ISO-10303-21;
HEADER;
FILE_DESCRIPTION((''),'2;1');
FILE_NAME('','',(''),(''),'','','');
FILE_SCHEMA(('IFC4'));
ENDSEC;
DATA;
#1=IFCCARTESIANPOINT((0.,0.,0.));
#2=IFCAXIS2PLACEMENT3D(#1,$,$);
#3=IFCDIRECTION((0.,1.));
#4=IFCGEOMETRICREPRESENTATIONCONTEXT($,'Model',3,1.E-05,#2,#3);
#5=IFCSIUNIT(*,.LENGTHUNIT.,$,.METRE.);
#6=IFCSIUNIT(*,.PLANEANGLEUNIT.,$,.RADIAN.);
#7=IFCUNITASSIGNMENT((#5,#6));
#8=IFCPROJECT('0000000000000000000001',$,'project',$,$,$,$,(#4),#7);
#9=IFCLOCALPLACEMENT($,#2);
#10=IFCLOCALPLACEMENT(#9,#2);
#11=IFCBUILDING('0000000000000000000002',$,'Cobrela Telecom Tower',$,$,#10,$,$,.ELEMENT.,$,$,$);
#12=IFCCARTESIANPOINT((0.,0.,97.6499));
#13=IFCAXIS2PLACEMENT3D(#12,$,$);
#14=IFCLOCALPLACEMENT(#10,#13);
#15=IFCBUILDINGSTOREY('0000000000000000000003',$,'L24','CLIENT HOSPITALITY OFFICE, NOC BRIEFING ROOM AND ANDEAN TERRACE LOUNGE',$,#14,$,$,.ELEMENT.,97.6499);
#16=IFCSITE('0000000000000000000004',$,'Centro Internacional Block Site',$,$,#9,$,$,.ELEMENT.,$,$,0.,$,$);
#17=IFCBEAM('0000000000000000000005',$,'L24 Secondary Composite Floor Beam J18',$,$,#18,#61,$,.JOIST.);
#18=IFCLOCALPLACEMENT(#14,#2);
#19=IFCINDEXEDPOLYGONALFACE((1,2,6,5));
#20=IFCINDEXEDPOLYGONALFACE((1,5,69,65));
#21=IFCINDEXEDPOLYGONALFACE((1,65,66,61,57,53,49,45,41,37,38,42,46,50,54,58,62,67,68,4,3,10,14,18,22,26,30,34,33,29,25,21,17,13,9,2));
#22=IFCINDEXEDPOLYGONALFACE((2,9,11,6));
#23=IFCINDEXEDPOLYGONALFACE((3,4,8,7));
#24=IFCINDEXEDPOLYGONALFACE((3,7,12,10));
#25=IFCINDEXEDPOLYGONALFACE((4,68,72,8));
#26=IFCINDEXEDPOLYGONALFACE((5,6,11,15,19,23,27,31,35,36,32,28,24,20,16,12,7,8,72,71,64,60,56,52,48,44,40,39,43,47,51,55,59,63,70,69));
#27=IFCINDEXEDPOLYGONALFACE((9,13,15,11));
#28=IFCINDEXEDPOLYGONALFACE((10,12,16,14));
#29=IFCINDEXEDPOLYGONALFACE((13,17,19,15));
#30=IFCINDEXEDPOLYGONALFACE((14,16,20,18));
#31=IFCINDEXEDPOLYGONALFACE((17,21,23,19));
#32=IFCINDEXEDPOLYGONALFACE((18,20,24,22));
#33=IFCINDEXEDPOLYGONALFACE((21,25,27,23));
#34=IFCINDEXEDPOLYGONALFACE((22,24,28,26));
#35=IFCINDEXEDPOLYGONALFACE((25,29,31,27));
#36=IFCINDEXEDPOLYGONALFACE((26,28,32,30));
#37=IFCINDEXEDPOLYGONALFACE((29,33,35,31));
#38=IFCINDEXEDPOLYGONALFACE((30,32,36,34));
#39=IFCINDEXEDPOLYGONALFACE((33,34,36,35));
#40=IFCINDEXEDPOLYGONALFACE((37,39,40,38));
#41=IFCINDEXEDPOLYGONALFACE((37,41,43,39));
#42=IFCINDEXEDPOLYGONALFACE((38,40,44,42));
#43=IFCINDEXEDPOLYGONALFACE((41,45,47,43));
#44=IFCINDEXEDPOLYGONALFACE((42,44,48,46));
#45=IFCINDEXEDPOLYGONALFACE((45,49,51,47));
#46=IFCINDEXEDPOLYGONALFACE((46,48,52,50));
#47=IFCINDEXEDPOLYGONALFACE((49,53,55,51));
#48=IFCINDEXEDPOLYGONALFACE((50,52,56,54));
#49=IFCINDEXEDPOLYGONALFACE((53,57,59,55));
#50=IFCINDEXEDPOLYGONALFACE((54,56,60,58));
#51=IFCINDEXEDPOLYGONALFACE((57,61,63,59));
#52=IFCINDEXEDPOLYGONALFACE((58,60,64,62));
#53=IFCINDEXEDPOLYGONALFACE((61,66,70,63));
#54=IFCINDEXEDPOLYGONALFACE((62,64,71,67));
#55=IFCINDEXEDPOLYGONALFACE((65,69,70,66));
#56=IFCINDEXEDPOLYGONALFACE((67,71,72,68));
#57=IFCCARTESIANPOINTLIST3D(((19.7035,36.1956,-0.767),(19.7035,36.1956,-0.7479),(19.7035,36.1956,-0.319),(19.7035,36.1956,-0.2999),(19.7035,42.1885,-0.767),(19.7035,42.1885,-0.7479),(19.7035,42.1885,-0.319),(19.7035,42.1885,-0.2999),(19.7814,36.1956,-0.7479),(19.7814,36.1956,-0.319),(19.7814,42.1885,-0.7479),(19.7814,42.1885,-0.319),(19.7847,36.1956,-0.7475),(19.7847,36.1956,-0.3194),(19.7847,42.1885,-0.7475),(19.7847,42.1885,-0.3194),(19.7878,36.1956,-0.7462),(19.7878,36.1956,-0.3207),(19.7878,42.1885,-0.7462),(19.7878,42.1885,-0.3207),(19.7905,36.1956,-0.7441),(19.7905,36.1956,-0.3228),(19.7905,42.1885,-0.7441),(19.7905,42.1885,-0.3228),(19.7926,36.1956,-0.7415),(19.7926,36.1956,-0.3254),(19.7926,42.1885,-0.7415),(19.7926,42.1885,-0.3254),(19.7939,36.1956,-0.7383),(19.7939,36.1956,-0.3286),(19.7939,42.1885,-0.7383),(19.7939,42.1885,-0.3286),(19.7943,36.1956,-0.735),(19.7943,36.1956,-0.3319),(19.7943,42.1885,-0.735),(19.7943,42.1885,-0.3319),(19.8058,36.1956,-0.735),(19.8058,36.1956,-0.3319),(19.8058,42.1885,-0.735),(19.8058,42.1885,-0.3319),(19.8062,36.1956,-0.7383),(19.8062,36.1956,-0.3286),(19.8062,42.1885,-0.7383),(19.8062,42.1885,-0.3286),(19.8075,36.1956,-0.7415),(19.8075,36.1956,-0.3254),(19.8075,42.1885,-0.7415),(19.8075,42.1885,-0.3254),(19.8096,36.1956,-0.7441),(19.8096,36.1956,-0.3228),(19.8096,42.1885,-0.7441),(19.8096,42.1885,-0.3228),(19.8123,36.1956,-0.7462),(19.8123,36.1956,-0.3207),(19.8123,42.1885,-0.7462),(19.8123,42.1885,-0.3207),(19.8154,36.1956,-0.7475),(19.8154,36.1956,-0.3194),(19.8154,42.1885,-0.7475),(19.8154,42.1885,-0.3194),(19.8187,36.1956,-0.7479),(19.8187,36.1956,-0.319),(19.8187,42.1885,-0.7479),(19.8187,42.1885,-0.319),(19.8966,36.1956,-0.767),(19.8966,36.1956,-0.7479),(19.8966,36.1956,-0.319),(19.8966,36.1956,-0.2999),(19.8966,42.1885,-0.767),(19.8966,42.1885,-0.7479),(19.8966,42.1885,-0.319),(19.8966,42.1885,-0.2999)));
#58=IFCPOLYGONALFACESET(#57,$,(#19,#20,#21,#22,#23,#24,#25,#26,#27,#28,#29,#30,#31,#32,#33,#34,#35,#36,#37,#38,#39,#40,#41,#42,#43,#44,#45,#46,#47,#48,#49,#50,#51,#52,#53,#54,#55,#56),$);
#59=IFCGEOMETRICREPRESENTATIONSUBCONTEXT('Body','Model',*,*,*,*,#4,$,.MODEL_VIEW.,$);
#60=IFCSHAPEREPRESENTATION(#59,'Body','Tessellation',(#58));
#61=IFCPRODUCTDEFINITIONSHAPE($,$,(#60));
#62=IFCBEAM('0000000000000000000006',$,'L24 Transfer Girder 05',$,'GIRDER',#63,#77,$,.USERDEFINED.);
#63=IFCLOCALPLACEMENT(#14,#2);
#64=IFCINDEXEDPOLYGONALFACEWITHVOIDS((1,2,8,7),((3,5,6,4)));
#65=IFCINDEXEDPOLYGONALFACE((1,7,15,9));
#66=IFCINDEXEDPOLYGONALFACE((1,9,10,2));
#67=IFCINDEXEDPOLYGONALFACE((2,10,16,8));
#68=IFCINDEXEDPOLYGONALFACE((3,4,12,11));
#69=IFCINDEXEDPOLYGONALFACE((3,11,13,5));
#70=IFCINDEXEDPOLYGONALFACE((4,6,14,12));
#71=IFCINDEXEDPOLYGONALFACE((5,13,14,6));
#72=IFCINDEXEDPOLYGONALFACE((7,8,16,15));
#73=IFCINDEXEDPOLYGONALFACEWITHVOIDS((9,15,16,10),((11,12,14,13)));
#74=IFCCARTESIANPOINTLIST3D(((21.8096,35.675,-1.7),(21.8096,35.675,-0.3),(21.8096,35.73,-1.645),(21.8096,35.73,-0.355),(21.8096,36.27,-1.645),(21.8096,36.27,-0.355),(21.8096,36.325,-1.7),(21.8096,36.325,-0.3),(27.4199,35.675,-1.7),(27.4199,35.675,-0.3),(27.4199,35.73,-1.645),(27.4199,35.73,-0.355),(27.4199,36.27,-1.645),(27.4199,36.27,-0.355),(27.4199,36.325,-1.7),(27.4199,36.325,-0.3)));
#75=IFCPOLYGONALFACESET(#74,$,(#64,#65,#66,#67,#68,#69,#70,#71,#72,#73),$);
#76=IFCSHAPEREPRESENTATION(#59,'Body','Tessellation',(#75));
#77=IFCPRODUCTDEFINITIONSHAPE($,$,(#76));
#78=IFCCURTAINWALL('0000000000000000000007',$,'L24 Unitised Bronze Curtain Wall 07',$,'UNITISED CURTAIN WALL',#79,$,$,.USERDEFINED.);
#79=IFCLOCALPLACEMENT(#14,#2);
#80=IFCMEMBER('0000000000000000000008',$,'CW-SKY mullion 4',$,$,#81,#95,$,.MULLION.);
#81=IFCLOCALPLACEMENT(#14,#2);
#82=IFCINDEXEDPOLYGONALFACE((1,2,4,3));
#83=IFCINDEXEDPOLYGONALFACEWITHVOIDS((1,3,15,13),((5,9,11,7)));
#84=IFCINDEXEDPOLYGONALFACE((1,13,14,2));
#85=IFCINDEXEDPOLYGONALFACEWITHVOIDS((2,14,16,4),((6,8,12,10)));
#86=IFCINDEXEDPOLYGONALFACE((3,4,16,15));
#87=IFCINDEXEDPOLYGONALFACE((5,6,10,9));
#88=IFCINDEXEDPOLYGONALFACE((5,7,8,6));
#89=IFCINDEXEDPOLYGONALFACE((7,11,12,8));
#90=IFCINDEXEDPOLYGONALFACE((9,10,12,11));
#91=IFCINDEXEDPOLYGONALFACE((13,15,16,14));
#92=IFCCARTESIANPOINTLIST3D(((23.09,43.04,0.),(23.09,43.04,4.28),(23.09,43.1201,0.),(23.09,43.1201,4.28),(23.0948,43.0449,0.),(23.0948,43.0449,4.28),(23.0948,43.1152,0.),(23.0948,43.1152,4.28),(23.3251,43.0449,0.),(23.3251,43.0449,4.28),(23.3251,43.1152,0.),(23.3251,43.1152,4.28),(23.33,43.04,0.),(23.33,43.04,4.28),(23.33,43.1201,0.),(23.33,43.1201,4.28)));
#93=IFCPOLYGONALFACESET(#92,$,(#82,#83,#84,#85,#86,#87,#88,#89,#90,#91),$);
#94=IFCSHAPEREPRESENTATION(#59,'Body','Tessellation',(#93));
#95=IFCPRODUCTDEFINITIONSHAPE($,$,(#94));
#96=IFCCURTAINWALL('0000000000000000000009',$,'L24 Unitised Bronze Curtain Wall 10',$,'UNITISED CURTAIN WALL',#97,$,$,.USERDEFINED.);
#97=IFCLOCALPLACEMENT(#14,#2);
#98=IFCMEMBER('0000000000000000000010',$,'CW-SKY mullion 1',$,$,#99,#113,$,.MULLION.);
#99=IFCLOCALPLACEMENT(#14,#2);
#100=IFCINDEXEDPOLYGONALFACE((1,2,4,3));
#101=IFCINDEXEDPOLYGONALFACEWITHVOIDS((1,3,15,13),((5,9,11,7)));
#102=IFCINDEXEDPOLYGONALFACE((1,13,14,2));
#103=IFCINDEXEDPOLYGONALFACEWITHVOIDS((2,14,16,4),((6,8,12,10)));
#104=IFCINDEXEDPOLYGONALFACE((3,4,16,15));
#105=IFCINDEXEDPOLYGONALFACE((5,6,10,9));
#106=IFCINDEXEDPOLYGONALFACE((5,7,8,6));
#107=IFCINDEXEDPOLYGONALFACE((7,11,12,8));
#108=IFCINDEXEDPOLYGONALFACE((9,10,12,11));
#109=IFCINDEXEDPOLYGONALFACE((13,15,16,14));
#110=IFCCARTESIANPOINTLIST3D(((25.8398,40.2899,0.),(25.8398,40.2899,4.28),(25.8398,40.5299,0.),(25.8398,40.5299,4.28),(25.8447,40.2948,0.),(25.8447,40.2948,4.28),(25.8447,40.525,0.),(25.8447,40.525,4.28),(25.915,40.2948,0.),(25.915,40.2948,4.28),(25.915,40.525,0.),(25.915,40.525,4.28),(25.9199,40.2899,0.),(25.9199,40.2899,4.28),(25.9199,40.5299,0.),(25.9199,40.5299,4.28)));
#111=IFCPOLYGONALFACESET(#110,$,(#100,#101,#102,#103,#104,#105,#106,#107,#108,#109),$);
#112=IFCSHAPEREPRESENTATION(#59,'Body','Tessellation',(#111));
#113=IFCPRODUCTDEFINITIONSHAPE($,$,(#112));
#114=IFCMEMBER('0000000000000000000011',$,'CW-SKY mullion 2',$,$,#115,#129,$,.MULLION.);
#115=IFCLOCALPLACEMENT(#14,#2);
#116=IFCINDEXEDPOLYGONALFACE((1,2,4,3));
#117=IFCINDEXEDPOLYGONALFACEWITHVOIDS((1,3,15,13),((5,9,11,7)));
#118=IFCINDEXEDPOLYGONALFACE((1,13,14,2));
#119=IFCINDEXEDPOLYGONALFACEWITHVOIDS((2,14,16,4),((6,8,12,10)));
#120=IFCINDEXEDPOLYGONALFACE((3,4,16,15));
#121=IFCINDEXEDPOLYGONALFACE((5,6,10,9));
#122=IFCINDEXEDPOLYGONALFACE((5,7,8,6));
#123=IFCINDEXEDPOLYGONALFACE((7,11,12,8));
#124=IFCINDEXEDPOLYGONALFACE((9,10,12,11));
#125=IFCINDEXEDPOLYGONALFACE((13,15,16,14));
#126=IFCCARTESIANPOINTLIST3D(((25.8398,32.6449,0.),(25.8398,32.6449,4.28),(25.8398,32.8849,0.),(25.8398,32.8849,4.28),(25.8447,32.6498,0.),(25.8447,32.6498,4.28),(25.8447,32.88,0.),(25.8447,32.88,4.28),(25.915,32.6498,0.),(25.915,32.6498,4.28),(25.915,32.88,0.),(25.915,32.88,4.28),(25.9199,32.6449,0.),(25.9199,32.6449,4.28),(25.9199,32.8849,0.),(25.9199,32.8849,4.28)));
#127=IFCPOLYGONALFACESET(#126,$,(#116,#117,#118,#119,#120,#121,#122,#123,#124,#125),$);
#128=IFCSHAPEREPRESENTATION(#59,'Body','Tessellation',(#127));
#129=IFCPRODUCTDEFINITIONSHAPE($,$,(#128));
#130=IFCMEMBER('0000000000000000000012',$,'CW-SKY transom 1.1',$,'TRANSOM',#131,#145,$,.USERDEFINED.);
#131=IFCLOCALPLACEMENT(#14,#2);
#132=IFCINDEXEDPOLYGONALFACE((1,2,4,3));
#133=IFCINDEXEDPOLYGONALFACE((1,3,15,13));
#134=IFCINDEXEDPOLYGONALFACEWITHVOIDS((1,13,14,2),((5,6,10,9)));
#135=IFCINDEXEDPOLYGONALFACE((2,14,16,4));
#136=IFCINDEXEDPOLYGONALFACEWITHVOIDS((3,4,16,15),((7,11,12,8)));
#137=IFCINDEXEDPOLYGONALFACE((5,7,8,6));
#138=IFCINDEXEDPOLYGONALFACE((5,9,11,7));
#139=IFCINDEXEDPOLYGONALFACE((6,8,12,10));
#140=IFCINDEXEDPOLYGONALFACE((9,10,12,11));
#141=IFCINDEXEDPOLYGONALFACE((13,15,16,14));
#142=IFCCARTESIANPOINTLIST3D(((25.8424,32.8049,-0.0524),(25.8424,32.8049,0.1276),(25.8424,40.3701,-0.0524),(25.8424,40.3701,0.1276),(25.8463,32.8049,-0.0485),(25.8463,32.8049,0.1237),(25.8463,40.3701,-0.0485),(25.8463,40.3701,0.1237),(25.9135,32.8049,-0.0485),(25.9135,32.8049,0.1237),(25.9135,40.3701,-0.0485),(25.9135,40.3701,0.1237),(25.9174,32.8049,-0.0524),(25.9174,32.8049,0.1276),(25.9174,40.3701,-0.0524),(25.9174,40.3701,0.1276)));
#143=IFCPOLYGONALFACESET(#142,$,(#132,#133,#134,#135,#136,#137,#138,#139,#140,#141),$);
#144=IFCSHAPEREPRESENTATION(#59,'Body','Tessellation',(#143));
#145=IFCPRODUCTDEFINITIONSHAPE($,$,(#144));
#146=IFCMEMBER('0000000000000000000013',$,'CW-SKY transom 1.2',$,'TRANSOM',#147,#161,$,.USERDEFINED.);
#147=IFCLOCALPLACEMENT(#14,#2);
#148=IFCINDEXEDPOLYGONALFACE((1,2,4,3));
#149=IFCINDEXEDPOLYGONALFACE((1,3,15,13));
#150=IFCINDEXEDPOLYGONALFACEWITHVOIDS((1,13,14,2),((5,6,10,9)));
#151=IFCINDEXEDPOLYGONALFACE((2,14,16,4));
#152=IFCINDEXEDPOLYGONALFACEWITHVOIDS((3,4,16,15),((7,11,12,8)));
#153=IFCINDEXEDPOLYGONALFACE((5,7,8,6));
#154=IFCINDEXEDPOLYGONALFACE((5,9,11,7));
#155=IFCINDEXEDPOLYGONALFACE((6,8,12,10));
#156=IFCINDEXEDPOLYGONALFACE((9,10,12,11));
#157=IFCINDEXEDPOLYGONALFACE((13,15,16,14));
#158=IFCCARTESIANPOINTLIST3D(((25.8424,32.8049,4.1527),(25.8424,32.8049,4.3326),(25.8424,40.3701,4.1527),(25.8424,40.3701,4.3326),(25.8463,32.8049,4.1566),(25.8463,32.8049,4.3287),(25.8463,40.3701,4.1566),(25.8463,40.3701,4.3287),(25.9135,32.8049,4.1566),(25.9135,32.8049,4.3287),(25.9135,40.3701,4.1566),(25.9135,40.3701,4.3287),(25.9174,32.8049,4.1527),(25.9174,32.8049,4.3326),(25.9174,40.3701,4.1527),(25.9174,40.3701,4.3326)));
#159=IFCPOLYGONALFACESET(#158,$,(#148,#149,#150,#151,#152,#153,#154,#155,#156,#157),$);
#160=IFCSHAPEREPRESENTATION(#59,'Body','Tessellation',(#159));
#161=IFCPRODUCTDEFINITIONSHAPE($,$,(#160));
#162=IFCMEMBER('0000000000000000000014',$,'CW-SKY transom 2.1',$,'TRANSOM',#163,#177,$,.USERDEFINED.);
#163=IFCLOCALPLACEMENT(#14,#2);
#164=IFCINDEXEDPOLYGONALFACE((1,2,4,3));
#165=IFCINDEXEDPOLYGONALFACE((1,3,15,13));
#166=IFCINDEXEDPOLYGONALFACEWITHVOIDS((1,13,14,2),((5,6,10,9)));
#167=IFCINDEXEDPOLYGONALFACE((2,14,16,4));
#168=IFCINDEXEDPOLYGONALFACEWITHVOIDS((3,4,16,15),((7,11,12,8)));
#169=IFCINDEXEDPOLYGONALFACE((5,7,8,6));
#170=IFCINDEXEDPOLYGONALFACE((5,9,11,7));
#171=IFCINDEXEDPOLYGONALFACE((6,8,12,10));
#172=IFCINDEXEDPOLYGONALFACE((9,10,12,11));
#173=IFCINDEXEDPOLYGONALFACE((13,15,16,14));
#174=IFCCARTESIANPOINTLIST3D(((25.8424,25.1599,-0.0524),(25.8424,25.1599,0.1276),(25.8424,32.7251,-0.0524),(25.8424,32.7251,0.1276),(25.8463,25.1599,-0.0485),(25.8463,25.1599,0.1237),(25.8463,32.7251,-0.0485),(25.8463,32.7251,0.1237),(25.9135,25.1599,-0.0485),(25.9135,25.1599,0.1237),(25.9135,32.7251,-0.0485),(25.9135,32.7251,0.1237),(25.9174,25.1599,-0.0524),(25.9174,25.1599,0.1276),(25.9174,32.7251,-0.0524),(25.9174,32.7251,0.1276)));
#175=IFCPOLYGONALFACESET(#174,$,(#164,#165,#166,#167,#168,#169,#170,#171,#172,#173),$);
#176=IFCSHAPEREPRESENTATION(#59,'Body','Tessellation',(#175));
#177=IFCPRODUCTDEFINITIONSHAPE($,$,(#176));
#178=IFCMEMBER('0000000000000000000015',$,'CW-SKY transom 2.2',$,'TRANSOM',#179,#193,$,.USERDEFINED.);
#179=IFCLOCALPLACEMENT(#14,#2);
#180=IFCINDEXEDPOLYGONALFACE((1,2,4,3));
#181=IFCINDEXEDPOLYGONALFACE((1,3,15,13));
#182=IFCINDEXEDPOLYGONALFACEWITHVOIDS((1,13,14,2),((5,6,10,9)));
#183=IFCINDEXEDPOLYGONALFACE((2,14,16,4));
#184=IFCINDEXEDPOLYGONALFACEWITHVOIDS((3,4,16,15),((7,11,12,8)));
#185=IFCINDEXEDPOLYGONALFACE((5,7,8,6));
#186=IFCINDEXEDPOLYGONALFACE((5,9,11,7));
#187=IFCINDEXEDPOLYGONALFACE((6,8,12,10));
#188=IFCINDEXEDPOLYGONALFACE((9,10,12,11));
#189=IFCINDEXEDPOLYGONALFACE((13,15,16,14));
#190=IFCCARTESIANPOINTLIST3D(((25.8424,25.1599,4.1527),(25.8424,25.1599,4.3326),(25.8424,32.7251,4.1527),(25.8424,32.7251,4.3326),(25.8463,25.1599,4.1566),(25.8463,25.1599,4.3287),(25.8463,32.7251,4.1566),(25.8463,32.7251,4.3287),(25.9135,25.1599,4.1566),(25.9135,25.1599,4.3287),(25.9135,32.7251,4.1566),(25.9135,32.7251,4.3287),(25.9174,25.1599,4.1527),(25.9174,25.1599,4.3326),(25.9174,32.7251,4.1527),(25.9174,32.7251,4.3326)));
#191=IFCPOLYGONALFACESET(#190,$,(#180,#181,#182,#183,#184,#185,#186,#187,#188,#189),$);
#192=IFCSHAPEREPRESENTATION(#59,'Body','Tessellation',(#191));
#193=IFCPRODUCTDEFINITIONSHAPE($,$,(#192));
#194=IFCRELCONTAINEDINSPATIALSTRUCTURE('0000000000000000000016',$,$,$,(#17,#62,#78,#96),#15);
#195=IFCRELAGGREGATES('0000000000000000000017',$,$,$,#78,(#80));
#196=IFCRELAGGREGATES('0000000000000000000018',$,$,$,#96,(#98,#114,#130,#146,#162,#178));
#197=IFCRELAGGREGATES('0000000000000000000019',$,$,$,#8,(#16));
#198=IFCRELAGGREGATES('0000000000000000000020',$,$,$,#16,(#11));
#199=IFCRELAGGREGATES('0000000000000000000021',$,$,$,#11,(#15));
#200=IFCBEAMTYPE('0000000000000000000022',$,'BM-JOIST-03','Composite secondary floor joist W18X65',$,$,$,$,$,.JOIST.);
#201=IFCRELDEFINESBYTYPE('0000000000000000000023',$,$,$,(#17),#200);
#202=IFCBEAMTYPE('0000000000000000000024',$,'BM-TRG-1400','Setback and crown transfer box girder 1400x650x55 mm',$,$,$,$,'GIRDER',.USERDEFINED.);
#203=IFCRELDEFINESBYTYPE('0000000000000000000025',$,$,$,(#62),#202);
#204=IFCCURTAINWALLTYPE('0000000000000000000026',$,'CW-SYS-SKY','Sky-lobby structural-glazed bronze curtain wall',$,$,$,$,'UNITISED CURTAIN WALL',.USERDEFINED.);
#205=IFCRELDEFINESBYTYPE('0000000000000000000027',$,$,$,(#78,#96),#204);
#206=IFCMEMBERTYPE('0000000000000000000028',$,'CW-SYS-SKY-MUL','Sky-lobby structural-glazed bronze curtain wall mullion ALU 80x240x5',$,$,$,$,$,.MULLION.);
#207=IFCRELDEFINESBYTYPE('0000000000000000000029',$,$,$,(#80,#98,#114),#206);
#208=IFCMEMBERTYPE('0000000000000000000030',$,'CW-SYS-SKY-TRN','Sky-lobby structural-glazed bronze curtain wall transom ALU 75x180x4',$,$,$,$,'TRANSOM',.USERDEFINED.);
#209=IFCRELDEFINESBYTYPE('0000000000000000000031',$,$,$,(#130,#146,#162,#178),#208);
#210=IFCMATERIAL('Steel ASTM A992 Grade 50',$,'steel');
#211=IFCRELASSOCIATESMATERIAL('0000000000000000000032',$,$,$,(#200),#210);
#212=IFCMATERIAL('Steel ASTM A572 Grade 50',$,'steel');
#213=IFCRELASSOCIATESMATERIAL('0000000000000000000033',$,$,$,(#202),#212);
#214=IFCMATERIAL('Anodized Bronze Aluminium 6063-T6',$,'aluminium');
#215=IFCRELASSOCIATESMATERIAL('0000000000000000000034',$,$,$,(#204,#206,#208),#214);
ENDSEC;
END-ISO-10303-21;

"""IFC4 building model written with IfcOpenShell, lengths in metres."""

from ifc_helpers import new_model, si_unit, direction, frame, origin, origin_2d, place, context, subcontext, project, spatial, hollow_rectangle, i_section, extrude, material, material_profile, profile_set, type_object, element, aggregate, save


model = new_model("IFC4")

# Units and contexts
model_context = context("Model", 3, precision=1e-05, world=origin(), true_north=direction((0.0, 1.0)))
body_context = subcontext(model_context, "Body", "Model", "MODEL_VIEW")
ifc_project = project(units=[si_unit("LENGTHUNIT", "METRE"), si_unit("PLANEANGLEUNIT", "RADIAN")], contexts=[model_context])

# Site, building, storey
site_placement = place(None, origin())
site = spatial("IfcSite", under=ifc_project, at=site_placement, Name="Centro Internacional Block Site", CompositionType="ELEMENT", RefElevation=0.0)
building_placement = place(site_placement, origin())
building = spatial("IfcBuilding", under=site, at=building_placement, Name="Cobrela Telecom Tower", CompositionType="ELEMENT")
storey_placement = place(building_placement, frame((0.0, 0.0, 97.6499)))
storey = spatial("IfcBuildingStorey", under=building, at=storey_placement, Name="L24", Description="CLIENT HOSPITALITY OFFICE, NOC BRIEFING ROOM AND ANDEAN TERRACE LOUNGE", CompositionType="ELEMENT", Elevation=97.6499)

# Shared definitions
ifc_material_1 = material(Name="Steel ASTM A992 Grade 50", Category="steel")
ifc_material_2 = material(Name="Steel ASTM A572 Grade 50", Category="steel")

# Beams
ifc_material_profile_1 = material_profile(ifc_material_1, i_section(OverallWidth=0.1931, OverallDepth=0.467, WebThickness=0.0115, FlangeThickness=0.019, FilletRadius=0.0129, at=origin_2d()), Name="W18X65")
ifc_profile_set_1 = profile_set([ifc_material_profile_1], Name="Steel ASTM A992 Grade 50")
beam_type_1 = type_object("IfcBeamType", Name="BM-JOIST-03", Description="Composite secondary floor joist W18X65", PredefinedType="JOIST", material=ifc_profile_set_1)
beam_1_placement = place(storey_placement, frame((19.8, 36.1956, -0.5334), z_axis=(0.0, 1.0, 0.0), x_axis=(-1.0, 0.0, 0.0)))
element("IfcBeam", 1, at=beam_1_placement, inside=storey, type_object=beam_type_1, Name="L24 Secondary Composite Floor Beam J18", PredefinedType="JOIST", context=body_context, shape_type="SweptSolid", body=[
    extrude(i_section(OverallWidth=0.1931, OverallDepth=0.467, WebThickness=0.0115, FlangeThickness=0.019, FilletRadius=0.0129, at=origin_2d()), origin(), (0.0, 0.0, 1.0), 5.9929),
])
ifc_material_profile_2 = material_profile(ifc_material_2, hollow_rectangle(XDim=0.6499, YDim=1.3999, WallThickness=0.0549, at=origin_2d()), Name="BOX 1400x650x55")
ifc_profile_set_2 = profile_set([ifc_material_profile_2], Name="Steel ASTM A572 Grade 50")
beam_type_2 = type_object("IfcBeamType", Name="BM-TRG-1400", Description="Setback and crown transfer box girder 1400x650x55 mm", ElementType="GIRDER", PredefinedType="USERDEFINED", material=ifc_profile_set_2)
beam_2_placement = place(storey_placement, frame((21.8096, 36.0, -1.0), z_axis=(1.0, 0.0, 0.0), x_axis=(0.0, 1.0, 0.0)))
element("IfcBeam", 2, at=beam_2_placement, inside=storey, type_object=beam_type_2, Name="L24 Transfer Girder 05", ObjectType="GIRDER", PredefinedType="USERDEFINED", context=body_context, shape_type="SweptSolid", body=[
    extrude(hollow_rectangle(XDim=0.6499, YDim=1.3999, WallThickness=0.0549, at=origin_2d()), origin(), (0.0, 0.0, 1.0), 5.6104),
])

# Curtain wall, member
ifc_material_3 = material(Name="Anodized Bronze Aluminium 6063-T6", Category="aluminium")
curtain_wall_type = type_object("IfcCurtainWallType", Name="CW-SYS-SKY", Description="Sky-lobby structural-glazed bronze curtain wall", ElementType="UNITISED CURTAIN WALL", PredefinedType="USERDEFINED", material=ifc_material_3)
curtain_wall_1_placement = place(storey_placement, origin())
curtain_wall_1 = element("IfcCurtainWall", 3, at=curtain_wall_1_placement, inside=storey, type_object=curtain_wall_type, Name="L24 Unitised Bronze Curtain Wall 07", ObjectType="UNITISED CURTAIN WALL", PredefinedType="USERDEFINED")
ifc_material_profile_3 = material_profile(ifc_material_3, hollow_rectangle(XDim=0.0801, YDim=0.24, WallThickness=0.0049, at=origin_2d()), Name="ALU 80x240x5")
ifc_profile_set_3 = profile_set([ifc_material_profile_3], Name="Anodized Bronze Aluminium 6063-T6")
member_type_1 = type_object("IfcMemberType", Name="CW-SYS-SKY-MUL", Description="Sky-lobby structural-glazed bronze curtain wall mullion ALU 80x240x5", PredefinedType="MULLION", material=ifc_profile_set_3)
member_1_placement = place(storey_placement, frame((23.21, 43.0801, 0.0), z_axis=(0.0, 0.0, 1.0), x_axis=(0.0, 1.0, 0.0)))
member_1 = element("IfcMember", 4, at=member_1_placement, type_object=member_type_1, Name="CW-SKY mullion 4", PredefinedType="MULLION", context=body_context, shape_type="SweptSolid", body=[
    extrude(hollow_rectangle(XDim=0.0801, YDim=0.24, WallThickness=0.0049, at=origin_2d()), origin(), (0.0, 0.0, 1.0), 4.28),
])

# Curtain wall, members
curtain_wall_2_placement = place(storey_placement, origin())
curtain_wall_2 = element("IfcCurtainWall", 5, at=curtain_wall_2_placement, inside=storey, type_object=curtain_wall_type, Name="L24 Unitised Bronze Curtain Wall 10", ObjectType="UNITISED CURTAIN WALL", PredefinedType="USERDEFINED")
member_2_placement = place(storey_placement, frame((25.8799, 40.4099, 0.0), z_axis=(0.0, 0.0, 1.0), x_axis=(1.0, 0.0, 0.0)))
member_2 = element("IfcMember", 6, at=member_2_placement, type_object=member_type_1, Name="CW-SKY mullion 1", PredefinedType="MULLION", context=body_context, shape_type="SweptSolid", body=[
    extrude(hollow_rectangle(XDim=0.0801, YDim=0.24, WallThickness=0.0049, at=origin_2d()), origin(), (0.0, 0.0, 1.0), 4.28),
])
member_3_placement = place(storey_placement, frame((25.8799, 32.7649, 0.0), z_axis=(0.0, 0.0, 1.0), x_axis=(1.0, 0.0, 0.0)))
member_3 = element("IfcMember", 7, at=member_3_placement, type_object=member_type_1, Name="CW-SKY mullion 2", PredefinedType="MULLION", context=body_context, shape_type="SweptSolid", body=[
    extrude(hollow_rectangle(XDim=0.0801, YDim=0.24, WallThickness=0.0049, at=origin_2d()), origin(), (0.0, 0.0, 1.0), 4.28),
])
ifc_material_profile_4 = material_profile(ifc_material_3, hollow_rectangle(XDim=0.075, YDim=0.1799, WallThickness=0.0039, at=origin_2d()), Name="ALU 75x180x4")
ifc_profile_set_4 = profile_set([ifc_material_profile_4], Name="Anodized Bronze Aluminium 6063-T6")
member_type_2 = type_object("IfcMemberType", Name="CW-SYS-SKY-TRN", Description="Sky-lobby structural-glazed bronze curtain wall transom ALU 75x180x4", ElementType="TRANSOM", PredefinedType="USERDEFINED", material=ifc_profile_set_4)
member_4_placement = place(storey_placement, frame((25.8799, 40.3701, 0.0376), z_axis=(0.0, -1.0, 0.0), x_axis=(1.0, 0.0, 0.0)))
member_4 = element("IfcMember", 8, at=member_4_placement, type_object=member_type_2, Name="CW-SKY transom 1.1", ObjectType="TRANSOM", PredefinedType="USERDEFINED", context=body_context, shape_type="SweptSolid", body=[
    extrude(hollow_rectangle(XDim=0.075, YDim=0.1799, WallThickness=0.0039, at=origin_2d()), origin(), (0.0, 0.0, 1.0), 7.5652),
])
member_5_placement = place(storey_placement, frame((25.8799, 40.3701, 4.2427), z_axis=(0.0, -1.0, 0.0), x_axis=(1.0, 0.0, 0.0)))
member_5 = element("IfcMember", 9, at=member_5_placement, type_object=member_type_2, Name="CW-SKY transom 1.2", ObjectType="TRANSOM", PredefinedType="USERDEFINED", context=body_context, shape_type="SweptSolid", body=[
    extrude(hollow_rectangle(XDim=0.075, YDim=0.1799, WallThickness=0.0039, at=origin_2d()), origin(), (0.0, 0.0, 1.0), 7.5652),
])
member_6_placement = place(storey_placement, frame((25.8799, 32.7251, 0.0376), z_axis=(0.0, -1.0, 0.0), x_axis=(1.0, 0.0, 0.0)))
member_6 = element("IfcMember", 10, at=member_6_placement, type_object=member_type_2, Name="CW-SKY transom 2.1", ObjectType="TRANSOM", PredefinedType="USERDEFINED", context=body_context, shape_type="SweptSolid", body=[
    extrude(hollow_rectangle(XDim=0.075, YDim=0.1799, WallThickness=0.0039, at=origin_2d()), origin(), (0.0, 0.0, 1.0), 7.5652),
])
member_7_placement = place(storey_placement, frame((25.8799, 32.7251, 4.2427), z_axis=(0.0, -1.0, 0.0), x_axis=(1.0, 0.0, 0.0)))
member_7 = element("IfcMember", 11, at=member_7_placement, type_object=member_type_2, Name="CW-SKY transom 2.2", ObjectType="TRANSOM", PredefinedType="USERDEFINED", context=body_context, shape_type="SweptSolid", body=[
    extrude(hollow_rectangle(XDim=0.075, YDim=0.1799, WallThickness=0.0039, at=origin_2d()), origin(), (0.0, 0.0, 1.0), 7.5652),
])

aggregate(curtain_wall_1, [member_1])
aggregate(curtain_wall_2, [member_2, member_3, member_4, member_5, member_6, member_7])

save(model, "model.ifc")
